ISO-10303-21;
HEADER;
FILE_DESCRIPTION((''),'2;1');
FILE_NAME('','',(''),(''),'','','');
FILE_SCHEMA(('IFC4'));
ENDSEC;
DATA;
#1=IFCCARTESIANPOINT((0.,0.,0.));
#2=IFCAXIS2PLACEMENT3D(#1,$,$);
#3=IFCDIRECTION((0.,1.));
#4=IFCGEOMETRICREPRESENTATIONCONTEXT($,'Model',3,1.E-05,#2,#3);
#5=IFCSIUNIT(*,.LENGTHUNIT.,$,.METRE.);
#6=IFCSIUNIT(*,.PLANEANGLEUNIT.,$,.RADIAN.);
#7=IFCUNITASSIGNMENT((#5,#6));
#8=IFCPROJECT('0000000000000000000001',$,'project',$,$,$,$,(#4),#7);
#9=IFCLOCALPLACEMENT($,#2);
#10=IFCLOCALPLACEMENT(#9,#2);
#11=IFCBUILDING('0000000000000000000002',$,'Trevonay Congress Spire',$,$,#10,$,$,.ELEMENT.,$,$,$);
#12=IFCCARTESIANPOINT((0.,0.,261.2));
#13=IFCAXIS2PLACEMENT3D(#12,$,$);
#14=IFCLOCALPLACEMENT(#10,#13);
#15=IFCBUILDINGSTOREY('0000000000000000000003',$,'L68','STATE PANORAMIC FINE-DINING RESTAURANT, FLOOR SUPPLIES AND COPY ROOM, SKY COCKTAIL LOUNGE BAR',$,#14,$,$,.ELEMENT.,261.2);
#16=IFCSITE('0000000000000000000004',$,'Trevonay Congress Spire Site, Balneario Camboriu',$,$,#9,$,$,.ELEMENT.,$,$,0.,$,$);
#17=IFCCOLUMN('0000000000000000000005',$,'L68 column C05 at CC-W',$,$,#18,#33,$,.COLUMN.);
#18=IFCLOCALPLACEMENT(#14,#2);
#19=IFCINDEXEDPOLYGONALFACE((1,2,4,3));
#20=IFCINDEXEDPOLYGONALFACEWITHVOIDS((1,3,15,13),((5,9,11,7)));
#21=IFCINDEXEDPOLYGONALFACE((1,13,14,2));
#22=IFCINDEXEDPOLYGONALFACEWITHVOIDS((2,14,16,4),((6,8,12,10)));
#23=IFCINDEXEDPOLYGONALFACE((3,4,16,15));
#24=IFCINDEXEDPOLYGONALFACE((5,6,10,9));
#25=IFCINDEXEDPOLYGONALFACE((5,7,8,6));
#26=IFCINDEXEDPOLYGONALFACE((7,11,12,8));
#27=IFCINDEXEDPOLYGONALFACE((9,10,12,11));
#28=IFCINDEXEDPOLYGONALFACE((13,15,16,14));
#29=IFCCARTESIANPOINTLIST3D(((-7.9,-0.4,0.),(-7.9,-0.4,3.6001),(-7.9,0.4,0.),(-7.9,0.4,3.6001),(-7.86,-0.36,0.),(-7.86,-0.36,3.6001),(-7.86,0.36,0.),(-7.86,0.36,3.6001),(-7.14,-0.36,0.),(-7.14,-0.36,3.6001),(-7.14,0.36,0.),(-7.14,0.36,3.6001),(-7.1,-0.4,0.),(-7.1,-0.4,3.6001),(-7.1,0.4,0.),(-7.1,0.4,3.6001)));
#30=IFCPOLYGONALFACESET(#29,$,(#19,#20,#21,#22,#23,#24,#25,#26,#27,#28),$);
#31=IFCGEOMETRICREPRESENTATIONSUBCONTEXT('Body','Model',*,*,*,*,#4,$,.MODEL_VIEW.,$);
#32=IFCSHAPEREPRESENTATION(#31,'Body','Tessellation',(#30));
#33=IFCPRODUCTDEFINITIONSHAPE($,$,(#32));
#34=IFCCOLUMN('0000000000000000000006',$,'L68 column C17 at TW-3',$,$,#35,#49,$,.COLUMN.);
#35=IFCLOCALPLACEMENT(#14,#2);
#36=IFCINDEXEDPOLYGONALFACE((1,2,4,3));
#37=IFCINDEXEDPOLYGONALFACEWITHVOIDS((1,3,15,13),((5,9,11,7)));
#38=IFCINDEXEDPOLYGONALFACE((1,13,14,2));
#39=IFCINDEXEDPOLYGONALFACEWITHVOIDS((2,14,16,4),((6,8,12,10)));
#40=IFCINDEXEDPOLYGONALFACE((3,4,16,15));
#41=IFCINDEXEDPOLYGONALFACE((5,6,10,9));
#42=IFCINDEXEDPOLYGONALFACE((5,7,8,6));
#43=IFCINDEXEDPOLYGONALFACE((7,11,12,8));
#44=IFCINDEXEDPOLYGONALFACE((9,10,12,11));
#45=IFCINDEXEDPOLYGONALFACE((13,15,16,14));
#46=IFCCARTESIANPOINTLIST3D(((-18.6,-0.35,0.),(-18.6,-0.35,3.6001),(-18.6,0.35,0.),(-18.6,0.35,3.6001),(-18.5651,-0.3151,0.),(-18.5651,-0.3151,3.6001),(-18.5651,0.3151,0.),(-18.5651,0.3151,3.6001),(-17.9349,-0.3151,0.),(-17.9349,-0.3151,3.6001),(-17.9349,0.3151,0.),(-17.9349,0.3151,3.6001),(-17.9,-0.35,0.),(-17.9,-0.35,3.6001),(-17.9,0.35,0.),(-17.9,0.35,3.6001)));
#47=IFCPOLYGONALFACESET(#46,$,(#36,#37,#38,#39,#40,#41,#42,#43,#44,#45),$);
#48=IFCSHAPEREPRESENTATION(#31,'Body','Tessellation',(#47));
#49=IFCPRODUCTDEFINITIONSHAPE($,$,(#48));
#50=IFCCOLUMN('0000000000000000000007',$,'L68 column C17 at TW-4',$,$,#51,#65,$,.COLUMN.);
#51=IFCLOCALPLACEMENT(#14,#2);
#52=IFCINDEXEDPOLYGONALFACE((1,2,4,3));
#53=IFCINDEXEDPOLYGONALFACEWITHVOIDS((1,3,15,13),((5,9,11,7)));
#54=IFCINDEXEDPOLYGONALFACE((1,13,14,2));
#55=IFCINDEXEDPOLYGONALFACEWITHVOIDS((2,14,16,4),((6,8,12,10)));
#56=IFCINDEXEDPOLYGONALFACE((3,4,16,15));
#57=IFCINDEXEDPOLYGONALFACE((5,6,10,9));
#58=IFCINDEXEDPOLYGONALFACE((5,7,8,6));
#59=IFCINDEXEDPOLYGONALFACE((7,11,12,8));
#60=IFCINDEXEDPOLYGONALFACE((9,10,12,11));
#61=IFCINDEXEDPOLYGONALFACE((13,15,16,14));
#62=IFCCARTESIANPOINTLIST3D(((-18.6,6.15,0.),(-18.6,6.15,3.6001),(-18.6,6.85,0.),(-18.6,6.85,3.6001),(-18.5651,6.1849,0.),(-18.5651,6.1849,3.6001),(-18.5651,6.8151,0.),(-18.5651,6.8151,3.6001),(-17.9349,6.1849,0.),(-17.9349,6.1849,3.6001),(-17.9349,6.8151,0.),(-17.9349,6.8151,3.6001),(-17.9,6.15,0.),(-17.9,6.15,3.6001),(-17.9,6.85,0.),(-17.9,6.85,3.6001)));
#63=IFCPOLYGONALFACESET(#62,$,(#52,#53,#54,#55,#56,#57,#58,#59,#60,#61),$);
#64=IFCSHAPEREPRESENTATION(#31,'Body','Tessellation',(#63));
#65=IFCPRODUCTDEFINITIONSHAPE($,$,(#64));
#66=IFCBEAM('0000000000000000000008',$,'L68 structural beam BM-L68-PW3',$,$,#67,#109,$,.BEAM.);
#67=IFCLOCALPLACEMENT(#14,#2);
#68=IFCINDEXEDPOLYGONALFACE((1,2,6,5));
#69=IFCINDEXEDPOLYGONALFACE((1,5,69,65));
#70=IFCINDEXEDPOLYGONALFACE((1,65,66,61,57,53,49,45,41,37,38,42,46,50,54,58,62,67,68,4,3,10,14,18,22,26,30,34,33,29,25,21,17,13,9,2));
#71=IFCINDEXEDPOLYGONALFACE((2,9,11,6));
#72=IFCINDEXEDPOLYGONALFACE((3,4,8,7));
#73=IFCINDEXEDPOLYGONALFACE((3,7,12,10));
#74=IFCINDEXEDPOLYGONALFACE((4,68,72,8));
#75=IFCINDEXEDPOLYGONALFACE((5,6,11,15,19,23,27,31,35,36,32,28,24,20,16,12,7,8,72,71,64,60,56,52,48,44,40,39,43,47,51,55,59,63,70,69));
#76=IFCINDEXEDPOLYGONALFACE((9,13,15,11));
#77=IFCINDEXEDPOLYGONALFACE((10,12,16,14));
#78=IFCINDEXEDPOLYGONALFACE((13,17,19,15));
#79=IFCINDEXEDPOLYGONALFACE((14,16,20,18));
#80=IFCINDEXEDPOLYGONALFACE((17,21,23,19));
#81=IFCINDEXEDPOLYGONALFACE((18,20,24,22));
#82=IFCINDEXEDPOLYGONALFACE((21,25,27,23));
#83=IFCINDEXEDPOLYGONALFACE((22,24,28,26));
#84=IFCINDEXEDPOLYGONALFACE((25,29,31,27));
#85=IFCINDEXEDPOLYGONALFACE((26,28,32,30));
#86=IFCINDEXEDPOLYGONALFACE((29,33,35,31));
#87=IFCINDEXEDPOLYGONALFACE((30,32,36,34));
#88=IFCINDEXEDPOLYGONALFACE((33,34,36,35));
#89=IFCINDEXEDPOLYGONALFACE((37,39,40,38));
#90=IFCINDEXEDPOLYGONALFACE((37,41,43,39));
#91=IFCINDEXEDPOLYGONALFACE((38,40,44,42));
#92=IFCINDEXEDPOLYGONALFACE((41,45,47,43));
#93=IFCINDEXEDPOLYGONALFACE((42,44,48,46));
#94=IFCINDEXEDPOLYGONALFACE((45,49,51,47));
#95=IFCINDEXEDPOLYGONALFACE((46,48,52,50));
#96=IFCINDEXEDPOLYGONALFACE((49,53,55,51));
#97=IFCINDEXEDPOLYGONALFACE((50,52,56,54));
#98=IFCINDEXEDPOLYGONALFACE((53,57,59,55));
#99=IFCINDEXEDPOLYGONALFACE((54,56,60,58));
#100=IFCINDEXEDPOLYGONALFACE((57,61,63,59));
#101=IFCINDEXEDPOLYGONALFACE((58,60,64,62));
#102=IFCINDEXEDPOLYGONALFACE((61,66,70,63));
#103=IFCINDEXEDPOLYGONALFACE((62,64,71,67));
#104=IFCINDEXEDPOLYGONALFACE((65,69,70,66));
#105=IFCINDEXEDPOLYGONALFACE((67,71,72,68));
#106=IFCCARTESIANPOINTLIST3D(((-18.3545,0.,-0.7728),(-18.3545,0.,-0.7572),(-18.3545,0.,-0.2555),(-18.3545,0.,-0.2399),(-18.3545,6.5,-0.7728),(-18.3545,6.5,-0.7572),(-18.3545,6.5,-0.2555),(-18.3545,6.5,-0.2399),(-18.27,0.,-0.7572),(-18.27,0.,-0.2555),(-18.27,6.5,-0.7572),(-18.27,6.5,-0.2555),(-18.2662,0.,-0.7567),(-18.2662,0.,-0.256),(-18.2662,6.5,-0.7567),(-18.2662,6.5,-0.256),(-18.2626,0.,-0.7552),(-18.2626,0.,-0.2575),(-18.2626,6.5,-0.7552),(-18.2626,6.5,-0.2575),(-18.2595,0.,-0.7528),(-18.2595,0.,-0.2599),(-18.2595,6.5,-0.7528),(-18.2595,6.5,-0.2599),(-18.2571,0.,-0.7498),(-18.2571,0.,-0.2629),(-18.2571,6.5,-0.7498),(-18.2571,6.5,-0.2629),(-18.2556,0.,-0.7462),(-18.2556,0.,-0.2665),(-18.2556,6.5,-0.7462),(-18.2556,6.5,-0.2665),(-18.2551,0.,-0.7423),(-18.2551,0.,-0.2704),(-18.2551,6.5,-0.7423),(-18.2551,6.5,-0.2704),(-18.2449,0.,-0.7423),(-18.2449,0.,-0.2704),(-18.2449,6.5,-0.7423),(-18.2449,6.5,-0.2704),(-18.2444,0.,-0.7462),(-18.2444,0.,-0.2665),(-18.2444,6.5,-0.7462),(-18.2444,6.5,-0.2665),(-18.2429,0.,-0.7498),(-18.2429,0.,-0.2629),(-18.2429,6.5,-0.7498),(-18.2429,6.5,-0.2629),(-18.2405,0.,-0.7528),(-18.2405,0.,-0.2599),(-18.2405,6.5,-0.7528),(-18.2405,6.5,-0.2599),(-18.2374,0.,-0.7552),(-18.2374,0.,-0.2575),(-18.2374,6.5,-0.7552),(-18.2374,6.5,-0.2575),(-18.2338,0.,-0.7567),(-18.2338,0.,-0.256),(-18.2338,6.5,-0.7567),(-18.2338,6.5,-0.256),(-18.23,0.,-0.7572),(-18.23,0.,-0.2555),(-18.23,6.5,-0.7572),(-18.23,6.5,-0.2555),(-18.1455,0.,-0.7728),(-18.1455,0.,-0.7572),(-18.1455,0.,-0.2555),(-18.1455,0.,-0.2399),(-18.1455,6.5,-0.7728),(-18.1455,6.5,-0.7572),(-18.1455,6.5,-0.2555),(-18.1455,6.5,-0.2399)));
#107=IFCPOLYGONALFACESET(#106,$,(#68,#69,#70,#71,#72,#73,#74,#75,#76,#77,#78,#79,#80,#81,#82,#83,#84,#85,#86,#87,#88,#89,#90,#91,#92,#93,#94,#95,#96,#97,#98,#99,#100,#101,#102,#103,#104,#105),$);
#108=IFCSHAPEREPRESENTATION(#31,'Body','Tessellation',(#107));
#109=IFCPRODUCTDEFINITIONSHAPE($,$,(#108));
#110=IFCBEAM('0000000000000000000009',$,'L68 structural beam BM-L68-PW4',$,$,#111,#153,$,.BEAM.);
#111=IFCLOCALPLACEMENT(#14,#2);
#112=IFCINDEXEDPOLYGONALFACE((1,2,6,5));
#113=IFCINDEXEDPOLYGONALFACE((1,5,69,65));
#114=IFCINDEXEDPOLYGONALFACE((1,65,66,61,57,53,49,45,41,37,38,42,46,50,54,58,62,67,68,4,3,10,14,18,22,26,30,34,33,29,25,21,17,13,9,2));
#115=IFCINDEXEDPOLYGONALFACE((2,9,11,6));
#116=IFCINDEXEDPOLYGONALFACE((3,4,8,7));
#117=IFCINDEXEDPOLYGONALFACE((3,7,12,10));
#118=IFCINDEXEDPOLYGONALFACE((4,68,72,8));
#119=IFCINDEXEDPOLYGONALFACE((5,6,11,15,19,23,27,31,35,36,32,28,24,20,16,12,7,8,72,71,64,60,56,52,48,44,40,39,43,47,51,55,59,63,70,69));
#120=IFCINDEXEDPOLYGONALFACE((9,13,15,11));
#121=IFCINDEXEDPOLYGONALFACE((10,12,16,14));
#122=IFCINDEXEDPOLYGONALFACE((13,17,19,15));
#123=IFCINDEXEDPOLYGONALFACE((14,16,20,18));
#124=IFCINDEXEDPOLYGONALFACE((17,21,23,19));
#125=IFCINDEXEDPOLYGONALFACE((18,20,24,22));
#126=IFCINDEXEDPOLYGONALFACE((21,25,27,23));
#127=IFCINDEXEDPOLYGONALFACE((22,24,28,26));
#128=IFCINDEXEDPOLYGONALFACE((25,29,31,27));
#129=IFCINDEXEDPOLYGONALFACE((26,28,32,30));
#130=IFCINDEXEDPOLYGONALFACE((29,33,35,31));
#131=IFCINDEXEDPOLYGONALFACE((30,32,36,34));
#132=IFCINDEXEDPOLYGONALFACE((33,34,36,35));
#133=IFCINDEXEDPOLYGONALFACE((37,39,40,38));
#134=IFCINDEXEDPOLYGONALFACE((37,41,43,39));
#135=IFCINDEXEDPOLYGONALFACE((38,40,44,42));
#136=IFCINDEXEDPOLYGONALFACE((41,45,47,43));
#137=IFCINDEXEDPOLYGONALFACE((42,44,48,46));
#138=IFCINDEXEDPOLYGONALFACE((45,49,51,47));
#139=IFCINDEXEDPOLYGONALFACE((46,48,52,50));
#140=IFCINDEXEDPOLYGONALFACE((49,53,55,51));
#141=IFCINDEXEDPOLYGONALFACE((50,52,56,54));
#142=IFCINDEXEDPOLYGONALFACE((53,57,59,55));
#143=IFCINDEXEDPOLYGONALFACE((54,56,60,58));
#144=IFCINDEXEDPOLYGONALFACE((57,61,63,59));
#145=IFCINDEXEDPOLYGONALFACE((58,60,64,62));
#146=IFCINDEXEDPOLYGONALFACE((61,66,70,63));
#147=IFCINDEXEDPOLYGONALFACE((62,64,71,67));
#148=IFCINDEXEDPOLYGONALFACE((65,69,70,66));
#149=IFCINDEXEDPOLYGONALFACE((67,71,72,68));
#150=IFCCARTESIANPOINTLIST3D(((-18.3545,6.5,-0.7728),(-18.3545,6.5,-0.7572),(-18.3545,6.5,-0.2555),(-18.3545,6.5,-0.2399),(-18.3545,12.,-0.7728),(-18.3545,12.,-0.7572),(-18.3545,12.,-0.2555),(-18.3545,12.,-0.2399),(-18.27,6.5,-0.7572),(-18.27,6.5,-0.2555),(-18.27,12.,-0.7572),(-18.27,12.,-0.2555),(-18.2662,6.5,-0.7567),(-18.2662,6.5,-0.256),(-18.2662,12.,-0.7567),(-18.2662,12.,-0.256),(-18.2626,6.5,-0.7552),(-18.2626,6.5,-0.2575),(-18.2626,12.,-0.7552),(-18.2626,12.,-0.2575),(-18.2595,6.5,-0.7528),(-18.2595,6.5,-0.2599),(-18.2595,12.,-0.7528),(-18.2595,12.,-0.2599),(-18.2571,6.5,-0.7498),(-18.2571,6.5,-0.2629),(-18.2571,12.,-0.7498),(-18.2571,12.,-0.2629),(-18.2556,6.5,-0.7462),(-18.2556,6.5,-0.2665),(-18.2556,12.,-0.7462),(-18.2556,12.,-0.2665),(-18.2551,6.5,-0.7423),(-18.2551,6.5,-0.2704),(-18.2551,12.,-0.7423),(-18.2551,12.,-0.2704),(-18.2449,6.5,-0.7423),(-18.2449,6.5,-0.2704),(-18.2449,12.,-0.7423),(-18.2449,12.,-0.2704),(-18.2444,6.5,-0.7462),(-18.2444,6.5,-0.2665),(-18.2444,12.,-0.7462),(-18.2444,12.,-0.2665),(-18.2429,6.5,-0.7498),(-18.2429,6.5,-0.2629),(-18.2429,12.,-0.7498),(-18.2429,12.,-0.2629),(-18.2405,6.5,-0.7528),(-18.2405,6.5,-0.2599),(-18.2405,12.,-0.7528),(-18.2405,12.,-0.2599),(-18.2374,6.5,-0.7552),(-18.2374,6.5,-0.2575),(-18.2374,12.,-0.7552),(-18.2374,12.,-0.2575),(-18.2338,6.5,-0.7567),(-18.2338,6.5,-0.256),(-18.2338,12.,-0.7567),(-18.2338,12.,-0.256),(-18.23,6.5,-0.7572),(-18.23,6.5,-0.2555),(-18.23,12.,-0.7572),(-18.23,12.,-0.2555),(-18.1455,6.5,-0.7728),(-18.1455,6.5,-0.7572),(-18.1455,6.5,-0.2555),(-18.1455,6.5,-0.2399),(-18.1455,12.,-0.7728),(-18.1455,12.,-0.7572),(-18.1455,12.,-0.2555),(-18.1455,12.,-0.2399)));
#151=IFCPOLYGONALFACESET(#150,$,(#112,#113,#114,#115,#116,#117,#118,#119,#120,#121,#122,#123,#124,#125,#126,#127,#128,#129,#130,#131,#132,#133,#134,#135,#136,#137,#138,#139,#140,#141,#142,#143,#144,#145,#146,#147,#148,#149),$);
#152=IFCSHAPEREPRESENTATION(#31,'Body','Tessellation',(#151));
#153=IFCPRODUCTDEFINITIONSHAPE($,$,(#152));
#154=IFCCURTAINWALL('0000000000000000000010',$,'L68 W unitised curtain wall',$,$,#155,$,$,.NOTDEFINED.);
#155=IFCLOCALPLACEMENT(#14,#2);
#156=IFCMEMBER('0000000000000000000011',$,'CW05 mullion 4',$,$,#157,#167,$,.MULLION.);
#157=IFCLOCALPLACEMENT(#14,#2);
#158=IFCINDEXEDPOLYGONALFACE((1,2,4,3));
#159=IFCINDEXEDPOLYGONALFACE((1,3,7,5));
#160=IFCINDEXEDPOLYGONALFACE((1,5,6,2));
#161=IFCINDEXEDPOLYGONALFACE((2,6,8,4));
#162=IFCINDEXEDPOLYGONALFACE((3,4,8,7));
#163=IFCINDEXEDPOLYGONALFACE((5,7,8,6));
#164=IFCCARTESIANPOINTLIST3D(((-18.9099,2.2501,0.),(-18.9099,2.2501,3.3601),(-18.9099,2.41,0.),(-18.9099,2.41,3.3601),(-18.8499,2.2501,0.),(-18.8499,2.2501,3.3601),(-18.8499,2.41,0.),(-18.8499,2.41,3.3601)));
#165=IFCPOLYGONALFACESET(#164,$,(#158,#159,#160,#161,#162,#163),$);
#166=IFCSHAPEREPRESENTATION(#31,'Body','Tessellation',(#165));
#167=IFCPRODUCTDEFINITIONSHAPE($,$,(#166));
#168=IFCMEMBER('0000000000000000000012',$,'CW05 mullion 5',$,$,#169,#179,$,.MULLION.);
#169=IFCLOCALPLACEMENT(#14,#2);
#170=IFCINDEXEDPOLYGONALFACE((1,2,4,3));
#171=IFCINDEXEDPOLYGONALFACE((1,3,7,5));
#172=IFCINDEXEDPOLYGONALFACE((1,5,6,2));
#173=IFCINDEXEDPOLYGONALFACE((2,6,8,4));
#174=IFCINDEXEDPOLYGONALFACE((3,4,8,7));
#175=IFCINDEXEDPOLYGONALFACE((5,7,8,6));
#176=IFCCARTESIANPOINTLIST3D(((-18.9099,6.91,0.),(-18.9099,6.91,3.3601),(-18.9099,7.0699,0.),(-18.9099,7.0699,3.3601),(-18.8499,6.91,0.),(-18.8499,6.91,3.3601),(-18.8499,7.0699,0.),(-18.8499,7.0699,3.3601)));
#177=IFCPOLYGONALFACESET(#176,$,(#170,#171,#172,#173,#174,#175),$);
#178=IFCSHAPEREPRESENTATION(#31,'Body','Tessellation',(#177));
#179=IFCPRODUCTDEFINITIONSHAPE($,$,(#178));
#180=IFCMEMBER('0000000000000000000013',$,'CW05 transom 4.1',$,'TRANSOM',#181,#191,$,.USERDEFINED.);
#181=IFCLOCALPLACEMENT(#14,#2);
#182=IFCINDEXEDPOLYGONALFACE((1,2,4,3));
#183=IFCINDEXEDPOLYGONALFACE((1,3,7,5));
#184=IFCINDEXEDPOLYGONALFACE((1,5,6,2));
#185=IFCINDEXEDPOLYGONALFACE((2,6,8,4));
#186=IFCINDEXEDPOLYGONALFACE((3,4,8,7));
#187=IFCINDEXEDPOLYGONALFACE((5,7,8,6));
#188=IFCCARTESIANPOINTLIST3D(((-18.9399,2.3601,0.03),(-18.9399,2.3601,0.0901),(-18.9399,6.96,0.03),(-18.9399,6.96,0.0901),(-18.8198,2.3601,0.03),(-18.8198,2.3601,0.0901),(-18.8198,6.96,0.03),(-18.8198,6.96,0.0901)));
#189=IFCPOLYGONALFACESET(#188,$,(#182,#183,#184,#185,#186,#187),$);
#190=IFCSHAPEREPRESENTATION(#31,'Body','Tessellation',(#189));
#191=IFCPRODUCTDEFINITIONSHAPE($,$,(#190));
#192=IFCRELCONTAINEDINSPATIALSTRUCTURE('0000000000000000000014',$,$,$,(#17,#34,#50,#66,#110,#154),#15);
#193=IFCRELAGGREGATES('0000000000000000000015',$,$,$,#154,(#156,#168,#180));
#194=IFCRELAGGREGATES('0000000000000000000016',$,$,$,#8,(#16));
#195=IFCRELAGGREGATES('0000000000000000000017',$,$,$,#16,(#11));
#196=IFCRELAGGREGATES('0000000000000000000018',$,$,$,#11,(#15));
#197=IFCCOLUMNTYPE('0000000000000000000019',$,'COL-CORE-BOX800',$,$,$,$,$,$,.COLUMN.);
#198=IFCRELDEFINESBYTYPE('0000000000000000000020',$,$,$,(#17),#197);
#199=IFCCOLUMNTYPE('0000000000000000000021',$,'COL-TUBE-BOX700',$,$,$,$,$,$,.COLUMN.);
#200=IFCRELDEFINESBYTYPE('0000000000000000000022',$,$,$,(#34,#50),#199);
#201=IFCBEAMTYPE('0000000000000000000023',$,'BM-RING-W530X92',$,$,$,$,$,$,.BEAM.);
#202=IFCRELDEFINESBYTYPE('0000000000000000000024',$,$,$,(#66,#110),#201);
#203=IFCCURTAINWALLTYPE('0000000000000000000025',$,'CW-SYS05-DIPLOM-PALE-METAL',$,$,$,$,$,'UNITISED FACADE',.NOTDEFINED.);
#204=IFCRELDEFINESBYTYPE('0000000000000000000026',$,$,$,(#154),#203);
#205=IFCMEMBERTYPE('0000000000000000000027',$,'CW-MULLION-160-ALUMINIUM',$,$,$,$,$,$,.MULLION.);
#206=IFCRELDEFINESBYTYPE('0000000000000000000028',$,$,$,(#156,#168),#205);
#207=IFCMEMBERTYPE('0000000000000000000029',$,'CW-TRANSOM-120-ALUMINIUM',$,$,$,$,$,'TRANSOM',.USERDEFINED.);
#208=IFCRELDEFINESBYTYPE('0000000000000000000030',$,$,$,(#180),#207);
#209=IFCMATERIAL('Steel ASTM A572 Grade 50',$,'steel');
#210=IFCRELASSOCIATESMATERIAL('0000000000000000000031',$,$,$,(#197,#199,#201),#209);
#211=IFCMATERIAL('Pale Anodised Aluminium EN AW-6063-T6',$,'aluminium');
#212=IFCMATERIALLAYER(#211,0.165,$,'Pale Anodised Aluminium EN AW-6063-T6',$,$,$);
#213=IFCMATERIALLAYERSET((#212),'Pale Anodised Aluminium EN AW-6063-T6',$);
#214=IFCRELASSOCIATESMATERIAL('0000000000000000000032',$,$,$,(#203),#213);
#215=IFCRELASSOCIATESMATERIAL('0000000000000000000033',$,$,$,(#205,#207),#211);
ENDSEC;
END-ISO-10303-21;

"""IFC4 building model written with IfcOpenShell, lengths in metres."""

from ifc_helpers import new_model, si_unit, direction, frame, origin, origin_2d, place, context, subcontext, project, spatial, rectangle, hollow_rectangle, i_section, extrude, material, layer, layer_set, material_profile, profile_set, type_object, element, aggregate, save


model = new_model("IFC4")

# Units and contexts
model_context = context("Model", 3, precision=1e-05, world=origin(), true_north=direction((0.0, 1.0)))
body_context = subcontext(model_context, "Body", "Model", "MODEL_VIEW")
ifc_project = project(units=[si_unit("LENGTHUNIT", "METRE"), si_unit("PLANEANGLEUNIT", "RADIAN")], contexts=[model_context])

# Site, building, storey
site_placement = place(None, origin())
site = spatial("IfcSite", under=ifc_project, at=site_placement, Name="Trevonay Congress Spire Site, Balneario Camboriu", CompositionType="ELEMENT", RefElevation=0.0)
building_placement = place(site_placement, origin())
building = spatial("IfcBuilding", under=site, at=building_placement, Name="Trevonay Congress Spire", CompositionType="ELEMENT")
storey_placement = place(building_placement, frame((0.0, 0.0, 261.2)))
storey = spatial("IfcBuildingStorey", under=building, at=storey_placement, Name="L68", Description="STATE PANORAMIC FINE-DINING RESTAURANT, FLOOR SUPPLIES AND COPY ROOM, SKY COCKTAIL LOUNGE BAR", CompositionType="ELEMENT", Elevation=261.2)

# Columns
ifc_material_1 = material(Name="Steel ASTM A572 Grade 50", Category="steel")
ifc_material_profile_1 = material_profile(ifc_material_1, hollow_rectangle(XDim=0.8, YDim=0.8, WallThickness=0.04, at=origin_2d()), Name="BOX 800x800x40")
ifc_profile_set_1 = profile_set([ifc_material_profile_1], Name="Steel ASTM A572 Grade 50")
column_type_1 = type_object("IfcColumnType", Name="COL-CORE-BOX800", PredefinedType="COLUMN", material=ifc_profile_set_1)
column_placement = place(storey_placement, frame((-7.5, 0.0, 0.0), z_axis=(0.0, 0.0, 1.0), x_axis=(1.0, 0.0, 0.0)))
element("IfcColumn", 1, at=column_placement, inside=storey, type_object=column_type_1, Name="L68 column C05 at CC-W", PredefinedType="COLUMN", context=body_context, shape_type="SweptSolid", body=[
    extrude(hollow_rectangle(XDim=0.8, YDim=0.8, WallThickness=0.04, at=origin_2d()), origin(), (0.0, 0.0, 1.0), 3.6001),
])
ifc_material_profile_2 = material_profile(ifc_material_1, hollow_rectangle(XDim=0.7, YDim=0.7, WallThickness=0.0349, at=origin_2d()), Name="BOX 700x700x35")
ifc_profile_set_2 = profile_set([ifc_material_profile_2], Name="Steel ASTM A572 Grade 50")
column_type_2 = type_object("IfcColumnType", Name="COL-TUBE-BOX700", PredefinedType="COLUMN", material=ifc_profile_set_2)
for number, where, z_axis, x_axis, name in (
    (2, (-18.25, 0.0, 0.0), (0.0, 0.0, 1.0), (1.0, 0.0, 0.0), "L68 column C17 at TW-3"),
    (3, (-18.25, 6.5, 0.0), (0.0, 0.0, 1.0), (1.0, 0.0, 0.0), "L68 column C17 at TW-4"),
):
    element("IfcColumn", number, at=place(storey_placement, frame(where, z_axis=z_axis, x_axis=x_axis)), inside=storey, type_object=column_type_2, Name=name, PredefinedType="COLUMN", context=body_context, shape_type="SweptSolid", body=[
        extrude(hollow_rectangle(XDim=0.7, YDim=0.7, WallThickness=0.0349, at=origin_2d()), origin(), (0.0, 0.0, 1.0), 3.6001),
    ])

# Beams
ifc_material_profile_3 = material_profile(ifc_material_1, i_section(OverallWidth=0.209, OverallDepth=0.533, WebThickness=0.0103, FlangeThickness=0.0156, FilletRadius=0.0149, at=origin_2d()), Name="W530x92")
ifc_profile_set_3 = profile_set([ifc_material_profile_3], Name="Steel ASTM A572 Grade 50")
beam_type = type_object("IfcBeamType", Name="BM-RING-W530X92", PredefinedType="BEAM", material=ifc_profile_set_3)
beam_1_placement = place(storey_placement, frame((-18.25, 0.0, -0.5063), z_axis=(0.0, 1.0, 0.0), x_axis=(-1.0, 0.0, 0.0)))
element("IfcBeam", 4, at=beam_1_placement, inside=storey, type_object=beam_type, Name="L68 structural beam BM-L68-PW3", PredefinedType="BEAM", context=body_context, shape_type="SweptSolid", body=[
    extrude(i_section(OverallWidth=0.209, OverallDepth=0.533, WebThickness=0.0103, FlangeThickness=0.0156, FilletRadius=0.0149, at=origin_2d()), origin(), (0.0, 0.0, 1.0), 6.5),
])
beam_2_placement = place(storey_placement, frame((-18.25, 6.5, -0.5063), z_axis=(0.0, 1.0, 0.0), x_axis=(-1.0, 0.0, 0.0)))
element("IfcBeam", 5, at=beam_2_placement, inside=storey, type_object=beam_type, Name="L68 structural beam BM-L68-PW4", PredefinedType="BEAM", context=body_context, shape_type="SweptSolid", body=[
    extrude(i_section(OverallWidth=0.209, OverallDepth=0.533, WebThickness=0.0103, FlangeThickness=0.0156, FilletRadius=0.0149, at=origin_2d()), origin(), (0.0, 0.0, 1.0), 5.5),
])

# Curtain wall, members
ifc_material_2 = material(Name="Pale Anodised Aluminium EN AW-6063-T6", Category="aluminium")
ifc_layer_1 = layer(ifc_material_2, 0.165, Name="Pale Anodised Aluminium EN AW-6063-T6")
ifc_layer_set_1 = layer_set([ifc_layer_1], Name="Pale Anodised Aluminium EN AW-6063-T6")
curtain_wall_type = type_object("IfcCurtainWallType", Name="CW-SYS05-DIPLOM-PALE-METAL", ElementType="UNITISED FACADE", PredefinedType="NOTDEFINED", material=ifc_layer_set_1)
curtain_wall_placement = place(storey_placement, origin())
curtain_wall = element("IfcCurtainWall", 6, at=curtain_wall_placement, inside=storey, type_object=curtain_wall_type, Name="L68 W unitised curtain wall", PredefinedType="NOTDEFINED")
ifc_material_profile_4 = material_profile(ifc_material_2, rectangle(XDim=0.0601, YDim=0.1599, at=origin_2d()), Name="CW-MULLION-160-ALUMINIUM")
ifc_profile_set_4 = profile_set([ifc_material_profile_4], Name="Pale Anodised Aluminium EN AW-6063-T6")
member_type_1 = type_object("IfcMemberType", Name="CW-MULLION-160-ALUMINIUM", PredefinedType="MULLION", material=ifc_profile_set_4)
member_1_placement = place(storey_placement, frame((-18.8799, 2.3301, 0.0), z_axis=(0.0, 0.0, 1.0), x_axis=(-1.0, 0.0, 0.0)))
member_1 = element("IfcMember", 7, at=member_1_placement, type_object=member_type_1, Name="CW05 mullion 4", PredefinedType="MULLION", context=body_context, shape_type="SweptSolid", body=[
    extrude(rectangle(XDim=0.0601, YDim=0.1599, at=origin_2d()), origin(), (0.0, 0.0, 1.0), 3.3601),
])
member_2_placement = place(storey_placement, frame((-18.8799, 6.99, 0.0), z_axis=(0.0, 0.0, 1.0), x_axis=(-1.0, 0.0, 0.0)))
member_2 = element("IfcMember", 8, at=member_2_placement, type_object=member_type_1, Name="CW05 mullion 5", PredefinedType="MULLION", context=body_context, shape_type="SweptSolid", body=[
    extrude(rectangle(XDim=0.0601, YDim=0.1599, at=origin_2d()), origin(), (0.0, 0.0, 1.0), 3.3601),
])
ifc_material_profile_5 = material_profile(ifc_material_2, rectangle(XDim=0.1201, YDim=0.0601, at=origin_2d()), Name="CW-TRANSOM-120-ALUMINIUM")
ifc_profile_set_5 = profile_set([ifc_material_profile_5], Name="Pale Anodised Aluminium EN AW-6063-T6")
member_type_2 = type_object("IfcMemberType", Name="CW-TRANSOM-120-ALUMINIUM", ElementType="TRANSOM", PredefinedType="USERDEFINED", material=ifc_profile_set_5)
member_3_placement = place(storey_placement, frame((-18.8799, 2.3601, 0.0601), z_axis=(0.0, 1.0, 0.0), x_axis=(-1.0, 0.0, 0.0)))
member_3 = element("IfcMember", 9, at=member_3_placement, type_object=member_type_2, Name="CW05 transom 4.1", ObjectType="TRANSOM", PredefinedType="USERDEFINED", context=body_context, shape_type="SweptSolid", body=[
    extrude(rectangle(XDim=0.1201, YDim=0.0601, at=origin_2d()), origin(), (0.0, 0.0, 1.0), 4.5999),
])
aggregate(curtain_wall, [member_1, member_2, member_3])

save(model, "model.ifc")
